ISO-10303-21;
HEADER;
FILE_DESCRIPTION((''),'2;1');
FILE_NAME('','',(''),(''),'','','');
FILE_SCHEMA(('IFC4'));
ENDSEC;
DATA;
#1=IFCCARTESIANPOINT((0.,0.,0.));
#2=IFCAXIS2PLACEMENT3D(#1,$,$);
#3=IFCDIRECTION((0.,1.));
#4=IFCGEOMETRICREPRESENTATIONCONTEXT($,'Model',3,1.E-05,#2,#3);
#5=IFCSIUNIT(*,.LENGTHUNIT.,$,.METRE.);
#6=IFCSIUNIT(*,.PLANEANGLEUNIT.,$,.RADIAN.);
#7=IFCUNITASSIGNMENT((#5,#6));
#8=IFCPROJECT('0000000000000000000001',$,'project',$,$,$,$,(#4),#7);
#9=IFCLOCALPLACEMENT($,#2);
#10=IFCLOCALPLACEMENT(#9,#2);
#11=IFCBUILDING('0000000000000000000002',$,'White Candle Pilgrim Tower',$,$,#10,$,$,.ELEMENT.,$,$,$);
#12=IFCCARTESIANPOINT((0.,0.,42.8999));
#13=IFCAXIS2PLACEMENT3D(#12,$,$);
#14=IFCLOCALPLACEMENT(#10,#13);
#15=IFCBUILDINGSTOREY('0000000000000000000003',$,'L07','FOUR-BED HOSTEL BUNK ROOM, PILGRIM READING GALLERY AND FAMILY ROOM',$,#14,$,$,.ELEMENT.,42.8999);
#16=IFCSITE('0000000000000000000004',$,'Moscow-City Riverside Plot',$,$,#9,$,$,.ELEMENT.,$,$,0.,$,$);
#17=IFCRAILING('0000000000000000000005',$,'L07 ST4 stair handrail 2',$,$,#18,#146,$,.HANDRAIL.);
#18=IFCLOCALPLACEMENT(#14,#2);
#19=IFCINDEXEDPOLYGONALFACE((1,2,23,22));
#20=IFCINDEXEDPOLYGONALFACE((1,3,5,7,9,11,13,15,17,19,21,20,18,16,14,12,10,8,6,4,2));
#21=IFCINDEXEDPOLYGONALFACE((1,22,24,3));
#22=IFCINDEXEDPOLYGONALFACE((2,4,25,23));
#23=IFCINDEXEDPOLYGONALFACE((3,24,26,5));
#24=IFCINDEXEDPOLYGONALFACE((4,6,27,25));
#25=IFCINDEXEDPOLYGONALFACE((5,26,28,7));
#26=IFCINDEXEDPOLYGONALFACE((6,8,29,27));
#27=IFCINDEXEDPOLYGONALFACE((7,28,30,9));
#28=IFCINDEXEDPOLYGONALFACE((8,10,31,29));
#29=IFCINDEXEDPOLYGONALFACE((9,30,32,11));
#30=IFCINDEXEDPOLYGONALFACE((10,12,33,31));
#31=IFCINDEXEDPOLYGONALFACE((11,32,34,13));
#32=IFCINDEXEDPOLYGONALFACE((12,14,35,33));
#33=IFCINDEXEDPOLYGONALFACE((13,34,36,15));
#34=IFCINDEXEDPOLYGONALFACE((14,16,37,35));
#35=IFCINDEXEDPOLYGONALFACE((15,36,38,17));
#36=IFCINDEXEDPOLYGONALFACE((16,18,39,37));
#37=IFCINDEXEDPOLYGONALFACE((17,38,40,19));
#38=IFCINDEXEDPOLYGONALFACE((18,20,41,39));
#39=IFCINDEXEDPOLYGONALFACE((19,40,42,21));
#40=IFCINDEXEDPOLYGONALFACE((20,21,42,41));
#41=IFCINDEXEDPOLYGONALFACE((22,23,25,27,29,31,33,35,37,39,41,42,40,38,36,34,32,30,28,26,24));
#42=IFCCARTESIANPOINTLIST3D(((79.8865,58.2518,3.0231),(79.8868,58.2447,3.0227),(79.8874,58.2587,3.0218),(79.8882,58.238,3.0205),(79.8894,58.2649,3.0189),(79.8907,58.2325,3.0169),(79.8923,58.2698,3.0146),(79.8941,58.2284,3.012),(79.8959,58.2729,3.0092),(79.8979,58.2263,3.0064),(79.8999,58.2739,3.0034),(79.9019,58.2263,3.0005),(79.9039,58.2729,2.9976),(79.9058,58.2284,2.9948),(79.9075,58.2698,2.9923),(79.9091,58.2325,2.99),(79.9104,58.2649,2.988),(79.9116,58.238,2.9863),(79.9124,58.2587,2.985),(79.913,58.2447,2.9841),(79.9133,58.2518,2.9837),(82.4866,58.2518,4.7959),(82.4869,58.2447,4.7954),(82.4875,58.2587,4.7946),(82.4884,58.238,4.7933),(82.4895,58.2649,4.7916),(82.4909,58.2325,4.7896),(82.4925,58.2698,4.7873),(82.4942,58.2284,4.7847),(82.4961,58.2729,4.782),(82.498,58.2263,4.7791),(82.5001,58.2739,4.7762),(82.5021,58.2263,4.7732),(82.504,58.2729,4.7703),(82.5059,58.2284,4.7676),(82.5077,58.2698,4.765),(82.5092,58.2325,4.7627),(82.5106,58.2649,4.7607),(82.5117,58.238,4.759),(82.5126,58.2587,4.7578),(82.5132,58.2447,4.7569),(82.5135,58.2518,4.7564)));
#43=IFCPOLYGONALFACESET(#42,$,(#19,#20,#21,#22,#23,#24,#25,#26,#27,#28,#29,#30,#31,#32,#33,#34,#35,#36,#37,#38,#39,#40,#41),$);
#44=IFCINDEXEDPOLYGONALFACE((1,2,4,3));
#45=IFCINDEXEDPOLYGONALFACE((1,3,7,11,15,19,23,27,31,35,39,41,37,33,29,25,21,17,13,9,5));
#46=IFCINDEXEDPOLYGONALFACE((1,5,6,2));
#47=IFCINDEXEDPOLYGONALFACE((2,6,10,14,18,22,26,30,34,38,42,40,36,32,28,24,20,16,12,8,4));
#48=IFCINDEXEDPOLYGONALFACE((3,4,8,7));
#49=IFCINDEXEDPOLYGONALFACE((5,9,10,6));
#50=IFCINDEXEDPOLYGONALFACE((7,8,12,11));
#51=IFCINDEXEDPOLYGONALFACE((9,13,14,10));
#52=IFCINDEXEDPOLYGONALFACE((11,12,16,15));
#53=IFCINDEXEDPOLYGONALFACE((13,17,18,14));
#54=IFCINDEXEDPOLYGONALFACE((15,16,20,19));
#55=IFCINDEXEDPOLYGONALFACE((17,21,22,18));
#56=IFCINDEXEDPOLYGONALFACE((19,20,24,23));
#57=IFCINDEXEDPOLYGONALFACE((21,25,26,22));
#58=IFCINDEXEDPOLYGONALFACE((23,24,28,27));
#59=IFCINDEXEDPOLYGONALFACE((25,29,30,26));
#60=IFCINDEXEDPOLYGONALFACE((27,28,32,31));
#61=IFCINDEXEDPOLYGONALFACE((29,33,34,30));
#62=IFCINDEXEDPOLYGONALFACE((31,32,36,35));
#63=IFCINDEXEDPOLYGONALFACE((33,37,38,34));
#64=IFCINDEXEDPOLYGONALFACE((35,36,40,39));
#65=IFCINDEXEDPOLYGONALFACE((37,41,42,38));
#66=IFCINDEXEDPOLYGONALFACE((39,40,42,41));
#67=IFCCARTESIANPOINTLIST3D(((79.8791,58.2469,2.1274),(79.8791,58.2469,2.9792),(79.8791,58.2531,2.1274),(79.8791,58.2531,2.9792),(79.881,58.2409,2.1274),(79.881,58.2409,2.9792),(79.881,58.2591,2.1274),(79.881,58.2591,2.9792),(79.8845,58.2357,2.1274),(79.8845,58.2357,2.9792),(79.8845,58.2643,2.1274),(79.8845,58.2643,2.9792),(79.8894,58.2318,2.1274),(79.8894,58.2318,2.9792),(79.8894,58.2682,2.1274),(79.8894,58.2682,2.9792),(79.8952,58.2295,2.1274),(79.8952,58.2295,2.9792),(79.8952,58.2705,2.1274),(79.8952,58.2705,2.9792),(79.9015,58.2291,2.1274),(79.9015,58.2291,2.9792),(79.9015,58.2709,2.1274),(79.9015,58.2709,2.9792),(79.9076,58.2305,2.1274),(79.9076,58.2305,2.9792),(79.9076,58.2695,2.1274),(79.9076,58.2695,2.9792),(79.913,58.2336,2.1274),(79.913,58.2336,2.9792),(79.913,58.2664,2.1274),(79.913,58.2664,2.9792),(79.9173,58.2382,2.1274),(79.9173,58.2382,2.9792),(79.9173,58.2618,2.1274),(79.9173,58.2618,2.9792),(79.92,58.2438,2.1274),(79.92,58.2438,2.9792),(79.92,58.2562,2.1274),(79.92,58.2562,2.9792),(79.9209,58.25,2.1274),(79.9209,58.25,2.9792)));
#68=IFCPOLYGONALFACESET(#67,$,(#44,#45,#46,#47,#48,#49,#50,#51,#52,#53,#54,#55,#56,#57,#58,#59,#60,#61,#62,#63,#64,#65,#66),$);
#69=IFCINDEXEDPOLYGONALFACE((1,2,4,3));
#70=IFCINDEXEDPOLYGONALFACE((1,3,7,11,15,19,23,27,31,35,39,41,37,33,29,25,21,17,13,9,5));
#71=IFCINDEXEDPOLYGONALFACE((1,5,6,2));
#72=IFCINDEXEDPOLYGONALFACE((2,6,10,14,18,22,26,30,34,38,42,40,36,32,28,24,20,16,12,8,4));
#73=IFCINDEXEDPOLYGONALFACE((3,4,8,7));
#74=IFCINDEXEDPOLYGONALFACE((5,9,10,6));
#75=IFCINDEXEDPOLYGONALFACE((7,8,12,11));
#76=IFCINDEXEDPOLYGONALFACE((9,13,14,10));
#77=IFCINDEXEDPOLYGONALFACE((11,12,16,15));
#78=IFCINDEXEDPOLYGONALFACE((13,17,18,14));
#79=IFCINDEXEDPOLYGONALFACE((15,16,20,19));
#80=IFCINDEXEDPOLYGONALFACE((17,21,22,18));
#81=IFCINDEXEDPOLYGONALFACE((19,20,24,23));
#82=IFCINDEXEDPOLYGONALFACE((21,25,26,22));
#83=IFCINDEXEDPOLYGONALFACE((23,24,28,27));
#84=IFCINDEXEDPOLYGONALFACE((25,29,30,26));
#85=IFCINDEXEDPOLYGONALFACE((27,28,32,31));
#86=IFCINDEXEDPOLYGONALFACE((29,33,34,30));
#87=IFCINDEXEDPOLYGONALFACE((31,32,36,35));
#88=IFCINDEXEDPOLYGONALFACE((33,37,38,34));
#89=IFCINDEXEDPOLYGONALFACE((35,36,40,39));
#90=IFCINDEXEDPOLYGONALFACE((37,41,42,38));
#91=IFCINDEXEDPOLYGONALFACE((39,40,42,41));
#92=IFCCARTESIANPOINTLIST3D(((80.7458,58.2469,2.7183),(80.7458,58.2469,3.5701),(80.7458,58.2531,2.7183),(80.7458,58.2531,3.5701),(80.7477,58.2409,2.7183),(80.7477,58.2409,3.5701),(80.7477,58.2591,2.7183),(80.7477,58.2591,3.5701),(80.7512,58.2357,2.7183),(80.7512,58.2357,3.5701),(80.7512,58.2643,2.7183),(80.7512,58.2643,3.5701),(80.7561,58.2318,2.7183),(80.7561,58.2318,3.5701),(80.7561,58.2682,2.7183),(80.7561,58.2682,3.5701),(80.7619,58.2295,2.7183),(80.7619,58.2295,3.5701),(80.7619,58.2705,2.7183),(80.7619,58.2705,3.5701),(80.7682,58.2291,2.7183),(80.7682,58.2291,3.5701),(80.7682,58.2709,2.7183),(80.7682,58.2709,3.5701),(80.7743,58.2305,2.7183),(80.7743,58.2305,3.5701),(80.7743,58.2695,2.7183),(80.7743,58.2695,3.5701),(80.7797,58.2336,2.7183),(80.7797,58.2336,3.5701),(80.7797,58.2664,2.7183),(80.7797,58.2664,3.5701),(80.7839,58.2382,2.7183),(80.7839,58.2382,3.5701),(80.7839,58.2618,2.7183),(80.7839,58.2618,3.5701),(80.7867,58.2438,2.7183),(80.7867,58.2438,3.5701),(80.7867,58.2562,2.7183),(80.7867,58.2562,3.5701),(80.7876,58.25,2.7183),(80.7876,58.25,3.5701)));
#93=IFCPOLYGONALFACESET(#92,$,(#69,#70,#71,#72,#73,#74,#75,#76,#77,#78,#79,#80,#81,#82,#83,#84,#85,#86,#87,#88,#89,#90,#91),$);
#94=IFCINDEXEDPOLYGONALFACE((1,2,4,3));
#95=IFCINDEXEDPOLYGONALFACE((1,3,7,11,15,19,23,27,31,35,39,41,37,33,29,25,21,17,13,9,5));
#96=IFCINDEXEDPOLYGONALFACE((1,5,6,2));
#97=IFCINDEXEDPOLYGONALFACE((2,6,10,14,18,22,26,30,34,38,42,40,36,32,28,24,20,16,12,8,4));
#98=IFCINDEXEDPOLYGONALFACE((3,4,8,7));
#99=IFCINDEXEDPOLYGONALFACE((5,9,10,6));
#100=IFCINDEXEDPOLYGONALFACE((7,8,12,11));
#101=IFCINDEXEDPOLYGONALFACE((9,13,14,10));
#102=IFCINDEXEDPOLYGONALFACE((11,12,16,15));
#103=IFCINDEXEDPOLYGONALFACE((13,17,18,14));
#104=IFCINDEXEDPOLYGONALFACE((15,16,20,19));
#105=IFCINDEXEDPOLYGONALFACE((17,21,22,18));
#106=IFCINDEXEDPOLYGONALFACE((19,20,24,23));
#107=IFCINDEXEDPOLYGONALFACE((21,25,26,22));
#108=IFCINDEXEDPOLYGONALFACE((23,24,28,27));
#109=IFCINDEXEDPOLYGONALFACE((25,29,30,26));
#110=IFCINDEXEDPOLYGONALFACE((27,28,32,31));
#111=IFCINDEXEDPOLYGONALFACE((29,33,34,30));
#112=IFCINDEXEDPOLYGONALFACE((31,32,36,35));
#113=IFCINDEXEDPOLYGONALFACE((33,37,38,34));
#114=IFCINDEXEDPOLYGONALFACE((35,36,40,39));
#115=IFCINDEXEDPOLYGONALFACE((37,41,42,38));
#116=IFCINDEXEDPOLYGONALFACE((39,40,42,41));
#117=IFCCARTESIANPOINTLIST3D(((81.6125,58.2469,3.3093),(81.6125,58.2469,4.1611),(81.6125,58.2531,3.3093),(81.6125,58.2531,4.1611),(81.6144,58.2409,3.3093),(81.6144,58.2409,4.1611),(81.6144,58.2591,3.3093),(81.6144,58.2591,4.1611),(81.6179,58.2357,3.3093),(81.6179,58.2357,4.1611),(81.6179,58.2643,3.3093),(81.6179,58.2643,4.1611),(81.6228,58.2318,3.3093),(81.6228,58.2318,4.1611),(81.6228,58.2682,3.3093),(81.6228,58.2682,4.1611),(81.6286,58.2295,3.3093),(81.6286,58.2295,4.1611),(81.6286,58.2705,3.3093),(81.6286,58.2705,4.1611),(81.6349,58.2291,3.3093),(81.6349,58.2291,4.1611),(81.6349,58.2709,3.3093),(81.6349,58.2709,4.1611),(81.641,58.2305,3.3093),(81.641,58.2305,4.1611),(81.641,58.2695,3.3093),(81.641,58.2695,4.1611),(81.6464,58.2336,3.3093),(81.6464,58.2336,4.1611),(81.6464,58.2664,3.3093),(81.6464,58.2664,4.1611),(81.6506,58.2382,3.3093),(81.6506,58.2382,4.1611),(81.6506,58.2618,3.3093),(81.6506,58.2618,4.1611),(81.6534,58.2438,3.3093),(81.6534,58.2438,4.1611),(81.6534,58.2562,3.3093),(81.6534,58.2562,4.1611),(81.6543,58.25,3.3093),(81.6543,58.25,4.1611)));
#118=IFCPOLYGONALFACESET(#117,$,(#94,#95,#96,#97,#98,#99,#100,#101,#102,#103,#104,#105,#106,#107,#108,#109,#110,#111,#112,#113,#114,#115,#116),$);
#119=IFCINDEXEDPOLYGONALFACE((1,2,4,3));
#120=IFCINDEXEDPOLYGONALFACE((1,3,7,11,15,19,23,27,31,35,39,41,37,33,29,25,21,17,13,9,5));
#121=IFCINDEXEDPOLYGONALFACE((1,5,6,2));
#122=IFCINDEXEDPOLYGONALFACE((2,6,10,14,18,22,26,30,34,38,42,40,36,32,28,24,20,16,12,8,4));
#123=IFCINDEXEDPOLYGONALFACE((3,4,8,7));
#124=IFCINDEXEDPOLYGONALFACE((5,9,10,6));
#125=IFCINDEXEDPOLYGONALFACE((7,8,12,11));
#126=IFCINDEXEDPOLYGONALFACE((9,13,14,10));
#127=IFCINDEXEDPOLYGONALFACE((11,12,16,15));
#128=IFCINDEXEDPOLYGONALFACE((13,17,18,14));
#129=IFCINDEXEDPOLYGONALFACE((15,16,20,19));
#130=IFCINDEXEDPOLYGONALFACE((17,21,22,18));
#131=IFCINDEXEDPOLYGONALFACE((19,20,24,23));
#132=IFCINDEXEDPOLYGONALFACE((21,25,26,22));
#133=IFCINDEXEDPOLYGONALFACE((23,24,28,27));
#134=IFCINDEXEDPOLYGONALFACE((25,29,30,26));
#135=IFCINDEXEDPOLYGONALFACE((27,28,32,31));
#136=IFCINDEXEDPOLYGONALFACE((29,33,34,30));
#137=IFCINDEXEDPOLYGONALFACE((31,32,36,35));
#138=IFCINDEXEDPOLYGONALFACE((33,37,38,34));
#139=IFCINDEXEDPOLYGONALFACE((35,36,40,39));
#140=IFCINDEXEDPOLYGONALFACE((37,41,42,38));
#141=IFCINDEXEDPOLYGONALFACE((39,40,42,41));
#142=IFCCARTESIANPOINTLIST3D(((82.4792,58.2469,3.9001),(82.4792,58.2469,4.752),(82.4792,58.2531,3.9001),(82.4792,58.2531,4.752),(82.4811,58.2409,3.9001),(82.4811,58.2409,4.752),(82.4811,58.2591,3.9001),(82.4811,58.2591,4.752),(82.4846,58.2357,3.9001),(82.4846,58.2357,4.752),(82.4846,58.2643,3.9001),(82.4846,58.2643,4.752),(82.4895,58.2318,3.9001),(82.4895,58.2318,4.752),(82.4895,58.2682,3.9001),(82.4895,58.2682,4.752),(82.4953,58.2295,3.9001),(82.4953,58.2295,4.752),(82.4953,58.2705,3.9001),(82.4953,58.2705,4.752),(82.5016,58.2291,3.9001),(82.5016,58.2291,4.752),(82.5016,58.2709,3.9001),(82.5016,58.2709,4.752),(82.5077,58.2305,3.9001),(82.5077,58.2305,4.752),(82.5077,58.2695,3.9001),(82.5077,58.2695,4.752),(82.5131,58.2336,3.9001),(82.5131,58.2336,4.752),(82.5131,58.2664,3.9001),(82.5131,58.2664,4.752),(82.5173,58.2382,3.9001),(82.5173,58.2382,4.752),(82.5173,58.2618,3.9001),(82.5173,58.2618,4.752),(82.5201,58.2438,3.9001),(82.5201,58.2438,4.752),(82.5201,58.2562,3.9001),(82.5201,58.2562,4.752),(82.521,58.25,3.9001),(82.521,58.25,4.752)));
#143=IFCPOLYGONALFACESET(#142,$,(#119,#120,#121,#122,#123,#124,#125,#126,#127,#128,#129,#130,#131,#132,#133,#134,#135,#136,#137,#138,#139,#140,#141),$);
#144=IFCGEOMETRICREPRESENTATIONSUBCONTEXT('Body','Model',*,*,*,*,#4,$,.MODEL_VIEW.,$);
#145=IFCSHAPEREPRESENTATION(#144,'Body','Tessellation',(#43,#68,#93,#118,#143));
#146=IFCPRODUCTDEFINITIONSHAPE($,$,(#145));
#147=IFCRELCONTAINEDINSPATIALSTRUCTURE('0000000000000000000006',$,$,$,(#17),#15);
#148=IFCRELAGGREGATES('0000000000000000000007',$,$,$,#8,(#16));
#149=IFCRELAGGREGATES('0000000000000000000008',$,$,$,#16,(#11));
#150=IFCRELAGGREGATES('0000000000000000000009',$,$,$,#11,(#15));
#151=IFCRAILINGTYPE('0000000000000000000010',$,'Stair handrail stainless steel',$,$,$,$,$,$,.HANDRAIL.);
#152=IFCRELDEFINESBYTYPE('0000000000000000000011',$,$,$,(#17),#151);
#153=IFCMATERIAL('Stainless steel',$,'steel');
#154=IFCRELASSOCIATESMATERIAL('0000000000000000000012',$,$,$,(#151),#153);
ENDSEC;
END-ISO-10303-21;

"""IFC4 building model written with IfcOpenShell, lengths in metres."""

from ifc_helpers import new_model, si_unit, direction, frame, origin, origin_2d, place, context, subcontext, project, spatial, circle, extrude, material, type_object, element, save


model = new_model("IFC4")

# Units and contexts
model_context = context("Model", 3, precision=1e-05, world=origin(), true_north=direction((0.0, 1.0)))
body_context = subcontext(model_context, "Body", "Model", "MODEL_VIEW")
ifc_project = project(units=[si_unit("LENGTHUNIT", "METRE"), si_unit("PLANEANGLEUNIT", "RADIAN")], contexts=[model_context])

# Site, building, storey
site_placement = place(None, origin())
site = spatial("IfcSite", under=ifc_project, at=site_placement, Name="Moscow-City Riverside Plot", CompositionType="ELEMENT", RefElevation=0.0)
building_placement = place(site_placement, origin())
building = spatial("IfcBuilding", under=site, at=building_placement, Name="White Candle Pilgrim Tower", CompositionType="ELEMENT")
storey_placement = place(building_placement, frame((0.0, 0.0, 42.8999)))
storey = spatial("IfcBuildingStorey", under=building, at=storey_placement, Name="L07", Description="FOUR-BED HOSTEL BUNK ROOM, PILGRIM READING GALLERY AND FAMILY ROOM", CompositionType="ELEMENT", Elevation=42.8999)

# Railing
ifc_material_1 = material(Name="Stainless steel", Category="steel")
railing_type_1 = type_object("IfcRailingType", Name="Stair handrail stainless steel", PredefinedType="HANDRAIL", material=ifc_material_1)
railing_1_placement = place(storey_placement, frame((79.8999, 58.25, 2.1274)))
element("IfcRailing", 1, at=railing_1_placement, inside=storey, type_object=railing_type_1, Name="L07 ST4 stair handrail 2", PredefinedType="HANDRAIL", context=body_context, shape_type="SweptSolid", body=[
    extrude(circle(Radius=0.0239, at=origin_2d()), frame((0.0, 0.0, 0.876), z_axis=(0.82624, 0.0, 0.563318), x_axis=(0.0, 1.0, 0.0)), (0.0, 0.0, 1.0), 3.147),
    extrude(circle(Radius=0.021, at=origin_2d()), origin(), (0.0, 0.0, 1.0), 0.8518),
    extrude(circle(Radius=0.021, at=origin_2d()), frame((0.8667, 0.0, 0.5908)), (0.0, 0.0, 1.0), 0.8518),
    extrude(circle(Radius=0.021, at=origin_2d()), frame((1.7334, 0.0, 1.1819)), (0.0, 0.0, 1.0), 0.8518),
    extrude(circle(Radius=0.021, at=origin_2d()), frame((2.6001, 0.0, 1.7727)), (0.0, 0.0, 1.0), 0.8518),
])

save(model, "model.ifc")
